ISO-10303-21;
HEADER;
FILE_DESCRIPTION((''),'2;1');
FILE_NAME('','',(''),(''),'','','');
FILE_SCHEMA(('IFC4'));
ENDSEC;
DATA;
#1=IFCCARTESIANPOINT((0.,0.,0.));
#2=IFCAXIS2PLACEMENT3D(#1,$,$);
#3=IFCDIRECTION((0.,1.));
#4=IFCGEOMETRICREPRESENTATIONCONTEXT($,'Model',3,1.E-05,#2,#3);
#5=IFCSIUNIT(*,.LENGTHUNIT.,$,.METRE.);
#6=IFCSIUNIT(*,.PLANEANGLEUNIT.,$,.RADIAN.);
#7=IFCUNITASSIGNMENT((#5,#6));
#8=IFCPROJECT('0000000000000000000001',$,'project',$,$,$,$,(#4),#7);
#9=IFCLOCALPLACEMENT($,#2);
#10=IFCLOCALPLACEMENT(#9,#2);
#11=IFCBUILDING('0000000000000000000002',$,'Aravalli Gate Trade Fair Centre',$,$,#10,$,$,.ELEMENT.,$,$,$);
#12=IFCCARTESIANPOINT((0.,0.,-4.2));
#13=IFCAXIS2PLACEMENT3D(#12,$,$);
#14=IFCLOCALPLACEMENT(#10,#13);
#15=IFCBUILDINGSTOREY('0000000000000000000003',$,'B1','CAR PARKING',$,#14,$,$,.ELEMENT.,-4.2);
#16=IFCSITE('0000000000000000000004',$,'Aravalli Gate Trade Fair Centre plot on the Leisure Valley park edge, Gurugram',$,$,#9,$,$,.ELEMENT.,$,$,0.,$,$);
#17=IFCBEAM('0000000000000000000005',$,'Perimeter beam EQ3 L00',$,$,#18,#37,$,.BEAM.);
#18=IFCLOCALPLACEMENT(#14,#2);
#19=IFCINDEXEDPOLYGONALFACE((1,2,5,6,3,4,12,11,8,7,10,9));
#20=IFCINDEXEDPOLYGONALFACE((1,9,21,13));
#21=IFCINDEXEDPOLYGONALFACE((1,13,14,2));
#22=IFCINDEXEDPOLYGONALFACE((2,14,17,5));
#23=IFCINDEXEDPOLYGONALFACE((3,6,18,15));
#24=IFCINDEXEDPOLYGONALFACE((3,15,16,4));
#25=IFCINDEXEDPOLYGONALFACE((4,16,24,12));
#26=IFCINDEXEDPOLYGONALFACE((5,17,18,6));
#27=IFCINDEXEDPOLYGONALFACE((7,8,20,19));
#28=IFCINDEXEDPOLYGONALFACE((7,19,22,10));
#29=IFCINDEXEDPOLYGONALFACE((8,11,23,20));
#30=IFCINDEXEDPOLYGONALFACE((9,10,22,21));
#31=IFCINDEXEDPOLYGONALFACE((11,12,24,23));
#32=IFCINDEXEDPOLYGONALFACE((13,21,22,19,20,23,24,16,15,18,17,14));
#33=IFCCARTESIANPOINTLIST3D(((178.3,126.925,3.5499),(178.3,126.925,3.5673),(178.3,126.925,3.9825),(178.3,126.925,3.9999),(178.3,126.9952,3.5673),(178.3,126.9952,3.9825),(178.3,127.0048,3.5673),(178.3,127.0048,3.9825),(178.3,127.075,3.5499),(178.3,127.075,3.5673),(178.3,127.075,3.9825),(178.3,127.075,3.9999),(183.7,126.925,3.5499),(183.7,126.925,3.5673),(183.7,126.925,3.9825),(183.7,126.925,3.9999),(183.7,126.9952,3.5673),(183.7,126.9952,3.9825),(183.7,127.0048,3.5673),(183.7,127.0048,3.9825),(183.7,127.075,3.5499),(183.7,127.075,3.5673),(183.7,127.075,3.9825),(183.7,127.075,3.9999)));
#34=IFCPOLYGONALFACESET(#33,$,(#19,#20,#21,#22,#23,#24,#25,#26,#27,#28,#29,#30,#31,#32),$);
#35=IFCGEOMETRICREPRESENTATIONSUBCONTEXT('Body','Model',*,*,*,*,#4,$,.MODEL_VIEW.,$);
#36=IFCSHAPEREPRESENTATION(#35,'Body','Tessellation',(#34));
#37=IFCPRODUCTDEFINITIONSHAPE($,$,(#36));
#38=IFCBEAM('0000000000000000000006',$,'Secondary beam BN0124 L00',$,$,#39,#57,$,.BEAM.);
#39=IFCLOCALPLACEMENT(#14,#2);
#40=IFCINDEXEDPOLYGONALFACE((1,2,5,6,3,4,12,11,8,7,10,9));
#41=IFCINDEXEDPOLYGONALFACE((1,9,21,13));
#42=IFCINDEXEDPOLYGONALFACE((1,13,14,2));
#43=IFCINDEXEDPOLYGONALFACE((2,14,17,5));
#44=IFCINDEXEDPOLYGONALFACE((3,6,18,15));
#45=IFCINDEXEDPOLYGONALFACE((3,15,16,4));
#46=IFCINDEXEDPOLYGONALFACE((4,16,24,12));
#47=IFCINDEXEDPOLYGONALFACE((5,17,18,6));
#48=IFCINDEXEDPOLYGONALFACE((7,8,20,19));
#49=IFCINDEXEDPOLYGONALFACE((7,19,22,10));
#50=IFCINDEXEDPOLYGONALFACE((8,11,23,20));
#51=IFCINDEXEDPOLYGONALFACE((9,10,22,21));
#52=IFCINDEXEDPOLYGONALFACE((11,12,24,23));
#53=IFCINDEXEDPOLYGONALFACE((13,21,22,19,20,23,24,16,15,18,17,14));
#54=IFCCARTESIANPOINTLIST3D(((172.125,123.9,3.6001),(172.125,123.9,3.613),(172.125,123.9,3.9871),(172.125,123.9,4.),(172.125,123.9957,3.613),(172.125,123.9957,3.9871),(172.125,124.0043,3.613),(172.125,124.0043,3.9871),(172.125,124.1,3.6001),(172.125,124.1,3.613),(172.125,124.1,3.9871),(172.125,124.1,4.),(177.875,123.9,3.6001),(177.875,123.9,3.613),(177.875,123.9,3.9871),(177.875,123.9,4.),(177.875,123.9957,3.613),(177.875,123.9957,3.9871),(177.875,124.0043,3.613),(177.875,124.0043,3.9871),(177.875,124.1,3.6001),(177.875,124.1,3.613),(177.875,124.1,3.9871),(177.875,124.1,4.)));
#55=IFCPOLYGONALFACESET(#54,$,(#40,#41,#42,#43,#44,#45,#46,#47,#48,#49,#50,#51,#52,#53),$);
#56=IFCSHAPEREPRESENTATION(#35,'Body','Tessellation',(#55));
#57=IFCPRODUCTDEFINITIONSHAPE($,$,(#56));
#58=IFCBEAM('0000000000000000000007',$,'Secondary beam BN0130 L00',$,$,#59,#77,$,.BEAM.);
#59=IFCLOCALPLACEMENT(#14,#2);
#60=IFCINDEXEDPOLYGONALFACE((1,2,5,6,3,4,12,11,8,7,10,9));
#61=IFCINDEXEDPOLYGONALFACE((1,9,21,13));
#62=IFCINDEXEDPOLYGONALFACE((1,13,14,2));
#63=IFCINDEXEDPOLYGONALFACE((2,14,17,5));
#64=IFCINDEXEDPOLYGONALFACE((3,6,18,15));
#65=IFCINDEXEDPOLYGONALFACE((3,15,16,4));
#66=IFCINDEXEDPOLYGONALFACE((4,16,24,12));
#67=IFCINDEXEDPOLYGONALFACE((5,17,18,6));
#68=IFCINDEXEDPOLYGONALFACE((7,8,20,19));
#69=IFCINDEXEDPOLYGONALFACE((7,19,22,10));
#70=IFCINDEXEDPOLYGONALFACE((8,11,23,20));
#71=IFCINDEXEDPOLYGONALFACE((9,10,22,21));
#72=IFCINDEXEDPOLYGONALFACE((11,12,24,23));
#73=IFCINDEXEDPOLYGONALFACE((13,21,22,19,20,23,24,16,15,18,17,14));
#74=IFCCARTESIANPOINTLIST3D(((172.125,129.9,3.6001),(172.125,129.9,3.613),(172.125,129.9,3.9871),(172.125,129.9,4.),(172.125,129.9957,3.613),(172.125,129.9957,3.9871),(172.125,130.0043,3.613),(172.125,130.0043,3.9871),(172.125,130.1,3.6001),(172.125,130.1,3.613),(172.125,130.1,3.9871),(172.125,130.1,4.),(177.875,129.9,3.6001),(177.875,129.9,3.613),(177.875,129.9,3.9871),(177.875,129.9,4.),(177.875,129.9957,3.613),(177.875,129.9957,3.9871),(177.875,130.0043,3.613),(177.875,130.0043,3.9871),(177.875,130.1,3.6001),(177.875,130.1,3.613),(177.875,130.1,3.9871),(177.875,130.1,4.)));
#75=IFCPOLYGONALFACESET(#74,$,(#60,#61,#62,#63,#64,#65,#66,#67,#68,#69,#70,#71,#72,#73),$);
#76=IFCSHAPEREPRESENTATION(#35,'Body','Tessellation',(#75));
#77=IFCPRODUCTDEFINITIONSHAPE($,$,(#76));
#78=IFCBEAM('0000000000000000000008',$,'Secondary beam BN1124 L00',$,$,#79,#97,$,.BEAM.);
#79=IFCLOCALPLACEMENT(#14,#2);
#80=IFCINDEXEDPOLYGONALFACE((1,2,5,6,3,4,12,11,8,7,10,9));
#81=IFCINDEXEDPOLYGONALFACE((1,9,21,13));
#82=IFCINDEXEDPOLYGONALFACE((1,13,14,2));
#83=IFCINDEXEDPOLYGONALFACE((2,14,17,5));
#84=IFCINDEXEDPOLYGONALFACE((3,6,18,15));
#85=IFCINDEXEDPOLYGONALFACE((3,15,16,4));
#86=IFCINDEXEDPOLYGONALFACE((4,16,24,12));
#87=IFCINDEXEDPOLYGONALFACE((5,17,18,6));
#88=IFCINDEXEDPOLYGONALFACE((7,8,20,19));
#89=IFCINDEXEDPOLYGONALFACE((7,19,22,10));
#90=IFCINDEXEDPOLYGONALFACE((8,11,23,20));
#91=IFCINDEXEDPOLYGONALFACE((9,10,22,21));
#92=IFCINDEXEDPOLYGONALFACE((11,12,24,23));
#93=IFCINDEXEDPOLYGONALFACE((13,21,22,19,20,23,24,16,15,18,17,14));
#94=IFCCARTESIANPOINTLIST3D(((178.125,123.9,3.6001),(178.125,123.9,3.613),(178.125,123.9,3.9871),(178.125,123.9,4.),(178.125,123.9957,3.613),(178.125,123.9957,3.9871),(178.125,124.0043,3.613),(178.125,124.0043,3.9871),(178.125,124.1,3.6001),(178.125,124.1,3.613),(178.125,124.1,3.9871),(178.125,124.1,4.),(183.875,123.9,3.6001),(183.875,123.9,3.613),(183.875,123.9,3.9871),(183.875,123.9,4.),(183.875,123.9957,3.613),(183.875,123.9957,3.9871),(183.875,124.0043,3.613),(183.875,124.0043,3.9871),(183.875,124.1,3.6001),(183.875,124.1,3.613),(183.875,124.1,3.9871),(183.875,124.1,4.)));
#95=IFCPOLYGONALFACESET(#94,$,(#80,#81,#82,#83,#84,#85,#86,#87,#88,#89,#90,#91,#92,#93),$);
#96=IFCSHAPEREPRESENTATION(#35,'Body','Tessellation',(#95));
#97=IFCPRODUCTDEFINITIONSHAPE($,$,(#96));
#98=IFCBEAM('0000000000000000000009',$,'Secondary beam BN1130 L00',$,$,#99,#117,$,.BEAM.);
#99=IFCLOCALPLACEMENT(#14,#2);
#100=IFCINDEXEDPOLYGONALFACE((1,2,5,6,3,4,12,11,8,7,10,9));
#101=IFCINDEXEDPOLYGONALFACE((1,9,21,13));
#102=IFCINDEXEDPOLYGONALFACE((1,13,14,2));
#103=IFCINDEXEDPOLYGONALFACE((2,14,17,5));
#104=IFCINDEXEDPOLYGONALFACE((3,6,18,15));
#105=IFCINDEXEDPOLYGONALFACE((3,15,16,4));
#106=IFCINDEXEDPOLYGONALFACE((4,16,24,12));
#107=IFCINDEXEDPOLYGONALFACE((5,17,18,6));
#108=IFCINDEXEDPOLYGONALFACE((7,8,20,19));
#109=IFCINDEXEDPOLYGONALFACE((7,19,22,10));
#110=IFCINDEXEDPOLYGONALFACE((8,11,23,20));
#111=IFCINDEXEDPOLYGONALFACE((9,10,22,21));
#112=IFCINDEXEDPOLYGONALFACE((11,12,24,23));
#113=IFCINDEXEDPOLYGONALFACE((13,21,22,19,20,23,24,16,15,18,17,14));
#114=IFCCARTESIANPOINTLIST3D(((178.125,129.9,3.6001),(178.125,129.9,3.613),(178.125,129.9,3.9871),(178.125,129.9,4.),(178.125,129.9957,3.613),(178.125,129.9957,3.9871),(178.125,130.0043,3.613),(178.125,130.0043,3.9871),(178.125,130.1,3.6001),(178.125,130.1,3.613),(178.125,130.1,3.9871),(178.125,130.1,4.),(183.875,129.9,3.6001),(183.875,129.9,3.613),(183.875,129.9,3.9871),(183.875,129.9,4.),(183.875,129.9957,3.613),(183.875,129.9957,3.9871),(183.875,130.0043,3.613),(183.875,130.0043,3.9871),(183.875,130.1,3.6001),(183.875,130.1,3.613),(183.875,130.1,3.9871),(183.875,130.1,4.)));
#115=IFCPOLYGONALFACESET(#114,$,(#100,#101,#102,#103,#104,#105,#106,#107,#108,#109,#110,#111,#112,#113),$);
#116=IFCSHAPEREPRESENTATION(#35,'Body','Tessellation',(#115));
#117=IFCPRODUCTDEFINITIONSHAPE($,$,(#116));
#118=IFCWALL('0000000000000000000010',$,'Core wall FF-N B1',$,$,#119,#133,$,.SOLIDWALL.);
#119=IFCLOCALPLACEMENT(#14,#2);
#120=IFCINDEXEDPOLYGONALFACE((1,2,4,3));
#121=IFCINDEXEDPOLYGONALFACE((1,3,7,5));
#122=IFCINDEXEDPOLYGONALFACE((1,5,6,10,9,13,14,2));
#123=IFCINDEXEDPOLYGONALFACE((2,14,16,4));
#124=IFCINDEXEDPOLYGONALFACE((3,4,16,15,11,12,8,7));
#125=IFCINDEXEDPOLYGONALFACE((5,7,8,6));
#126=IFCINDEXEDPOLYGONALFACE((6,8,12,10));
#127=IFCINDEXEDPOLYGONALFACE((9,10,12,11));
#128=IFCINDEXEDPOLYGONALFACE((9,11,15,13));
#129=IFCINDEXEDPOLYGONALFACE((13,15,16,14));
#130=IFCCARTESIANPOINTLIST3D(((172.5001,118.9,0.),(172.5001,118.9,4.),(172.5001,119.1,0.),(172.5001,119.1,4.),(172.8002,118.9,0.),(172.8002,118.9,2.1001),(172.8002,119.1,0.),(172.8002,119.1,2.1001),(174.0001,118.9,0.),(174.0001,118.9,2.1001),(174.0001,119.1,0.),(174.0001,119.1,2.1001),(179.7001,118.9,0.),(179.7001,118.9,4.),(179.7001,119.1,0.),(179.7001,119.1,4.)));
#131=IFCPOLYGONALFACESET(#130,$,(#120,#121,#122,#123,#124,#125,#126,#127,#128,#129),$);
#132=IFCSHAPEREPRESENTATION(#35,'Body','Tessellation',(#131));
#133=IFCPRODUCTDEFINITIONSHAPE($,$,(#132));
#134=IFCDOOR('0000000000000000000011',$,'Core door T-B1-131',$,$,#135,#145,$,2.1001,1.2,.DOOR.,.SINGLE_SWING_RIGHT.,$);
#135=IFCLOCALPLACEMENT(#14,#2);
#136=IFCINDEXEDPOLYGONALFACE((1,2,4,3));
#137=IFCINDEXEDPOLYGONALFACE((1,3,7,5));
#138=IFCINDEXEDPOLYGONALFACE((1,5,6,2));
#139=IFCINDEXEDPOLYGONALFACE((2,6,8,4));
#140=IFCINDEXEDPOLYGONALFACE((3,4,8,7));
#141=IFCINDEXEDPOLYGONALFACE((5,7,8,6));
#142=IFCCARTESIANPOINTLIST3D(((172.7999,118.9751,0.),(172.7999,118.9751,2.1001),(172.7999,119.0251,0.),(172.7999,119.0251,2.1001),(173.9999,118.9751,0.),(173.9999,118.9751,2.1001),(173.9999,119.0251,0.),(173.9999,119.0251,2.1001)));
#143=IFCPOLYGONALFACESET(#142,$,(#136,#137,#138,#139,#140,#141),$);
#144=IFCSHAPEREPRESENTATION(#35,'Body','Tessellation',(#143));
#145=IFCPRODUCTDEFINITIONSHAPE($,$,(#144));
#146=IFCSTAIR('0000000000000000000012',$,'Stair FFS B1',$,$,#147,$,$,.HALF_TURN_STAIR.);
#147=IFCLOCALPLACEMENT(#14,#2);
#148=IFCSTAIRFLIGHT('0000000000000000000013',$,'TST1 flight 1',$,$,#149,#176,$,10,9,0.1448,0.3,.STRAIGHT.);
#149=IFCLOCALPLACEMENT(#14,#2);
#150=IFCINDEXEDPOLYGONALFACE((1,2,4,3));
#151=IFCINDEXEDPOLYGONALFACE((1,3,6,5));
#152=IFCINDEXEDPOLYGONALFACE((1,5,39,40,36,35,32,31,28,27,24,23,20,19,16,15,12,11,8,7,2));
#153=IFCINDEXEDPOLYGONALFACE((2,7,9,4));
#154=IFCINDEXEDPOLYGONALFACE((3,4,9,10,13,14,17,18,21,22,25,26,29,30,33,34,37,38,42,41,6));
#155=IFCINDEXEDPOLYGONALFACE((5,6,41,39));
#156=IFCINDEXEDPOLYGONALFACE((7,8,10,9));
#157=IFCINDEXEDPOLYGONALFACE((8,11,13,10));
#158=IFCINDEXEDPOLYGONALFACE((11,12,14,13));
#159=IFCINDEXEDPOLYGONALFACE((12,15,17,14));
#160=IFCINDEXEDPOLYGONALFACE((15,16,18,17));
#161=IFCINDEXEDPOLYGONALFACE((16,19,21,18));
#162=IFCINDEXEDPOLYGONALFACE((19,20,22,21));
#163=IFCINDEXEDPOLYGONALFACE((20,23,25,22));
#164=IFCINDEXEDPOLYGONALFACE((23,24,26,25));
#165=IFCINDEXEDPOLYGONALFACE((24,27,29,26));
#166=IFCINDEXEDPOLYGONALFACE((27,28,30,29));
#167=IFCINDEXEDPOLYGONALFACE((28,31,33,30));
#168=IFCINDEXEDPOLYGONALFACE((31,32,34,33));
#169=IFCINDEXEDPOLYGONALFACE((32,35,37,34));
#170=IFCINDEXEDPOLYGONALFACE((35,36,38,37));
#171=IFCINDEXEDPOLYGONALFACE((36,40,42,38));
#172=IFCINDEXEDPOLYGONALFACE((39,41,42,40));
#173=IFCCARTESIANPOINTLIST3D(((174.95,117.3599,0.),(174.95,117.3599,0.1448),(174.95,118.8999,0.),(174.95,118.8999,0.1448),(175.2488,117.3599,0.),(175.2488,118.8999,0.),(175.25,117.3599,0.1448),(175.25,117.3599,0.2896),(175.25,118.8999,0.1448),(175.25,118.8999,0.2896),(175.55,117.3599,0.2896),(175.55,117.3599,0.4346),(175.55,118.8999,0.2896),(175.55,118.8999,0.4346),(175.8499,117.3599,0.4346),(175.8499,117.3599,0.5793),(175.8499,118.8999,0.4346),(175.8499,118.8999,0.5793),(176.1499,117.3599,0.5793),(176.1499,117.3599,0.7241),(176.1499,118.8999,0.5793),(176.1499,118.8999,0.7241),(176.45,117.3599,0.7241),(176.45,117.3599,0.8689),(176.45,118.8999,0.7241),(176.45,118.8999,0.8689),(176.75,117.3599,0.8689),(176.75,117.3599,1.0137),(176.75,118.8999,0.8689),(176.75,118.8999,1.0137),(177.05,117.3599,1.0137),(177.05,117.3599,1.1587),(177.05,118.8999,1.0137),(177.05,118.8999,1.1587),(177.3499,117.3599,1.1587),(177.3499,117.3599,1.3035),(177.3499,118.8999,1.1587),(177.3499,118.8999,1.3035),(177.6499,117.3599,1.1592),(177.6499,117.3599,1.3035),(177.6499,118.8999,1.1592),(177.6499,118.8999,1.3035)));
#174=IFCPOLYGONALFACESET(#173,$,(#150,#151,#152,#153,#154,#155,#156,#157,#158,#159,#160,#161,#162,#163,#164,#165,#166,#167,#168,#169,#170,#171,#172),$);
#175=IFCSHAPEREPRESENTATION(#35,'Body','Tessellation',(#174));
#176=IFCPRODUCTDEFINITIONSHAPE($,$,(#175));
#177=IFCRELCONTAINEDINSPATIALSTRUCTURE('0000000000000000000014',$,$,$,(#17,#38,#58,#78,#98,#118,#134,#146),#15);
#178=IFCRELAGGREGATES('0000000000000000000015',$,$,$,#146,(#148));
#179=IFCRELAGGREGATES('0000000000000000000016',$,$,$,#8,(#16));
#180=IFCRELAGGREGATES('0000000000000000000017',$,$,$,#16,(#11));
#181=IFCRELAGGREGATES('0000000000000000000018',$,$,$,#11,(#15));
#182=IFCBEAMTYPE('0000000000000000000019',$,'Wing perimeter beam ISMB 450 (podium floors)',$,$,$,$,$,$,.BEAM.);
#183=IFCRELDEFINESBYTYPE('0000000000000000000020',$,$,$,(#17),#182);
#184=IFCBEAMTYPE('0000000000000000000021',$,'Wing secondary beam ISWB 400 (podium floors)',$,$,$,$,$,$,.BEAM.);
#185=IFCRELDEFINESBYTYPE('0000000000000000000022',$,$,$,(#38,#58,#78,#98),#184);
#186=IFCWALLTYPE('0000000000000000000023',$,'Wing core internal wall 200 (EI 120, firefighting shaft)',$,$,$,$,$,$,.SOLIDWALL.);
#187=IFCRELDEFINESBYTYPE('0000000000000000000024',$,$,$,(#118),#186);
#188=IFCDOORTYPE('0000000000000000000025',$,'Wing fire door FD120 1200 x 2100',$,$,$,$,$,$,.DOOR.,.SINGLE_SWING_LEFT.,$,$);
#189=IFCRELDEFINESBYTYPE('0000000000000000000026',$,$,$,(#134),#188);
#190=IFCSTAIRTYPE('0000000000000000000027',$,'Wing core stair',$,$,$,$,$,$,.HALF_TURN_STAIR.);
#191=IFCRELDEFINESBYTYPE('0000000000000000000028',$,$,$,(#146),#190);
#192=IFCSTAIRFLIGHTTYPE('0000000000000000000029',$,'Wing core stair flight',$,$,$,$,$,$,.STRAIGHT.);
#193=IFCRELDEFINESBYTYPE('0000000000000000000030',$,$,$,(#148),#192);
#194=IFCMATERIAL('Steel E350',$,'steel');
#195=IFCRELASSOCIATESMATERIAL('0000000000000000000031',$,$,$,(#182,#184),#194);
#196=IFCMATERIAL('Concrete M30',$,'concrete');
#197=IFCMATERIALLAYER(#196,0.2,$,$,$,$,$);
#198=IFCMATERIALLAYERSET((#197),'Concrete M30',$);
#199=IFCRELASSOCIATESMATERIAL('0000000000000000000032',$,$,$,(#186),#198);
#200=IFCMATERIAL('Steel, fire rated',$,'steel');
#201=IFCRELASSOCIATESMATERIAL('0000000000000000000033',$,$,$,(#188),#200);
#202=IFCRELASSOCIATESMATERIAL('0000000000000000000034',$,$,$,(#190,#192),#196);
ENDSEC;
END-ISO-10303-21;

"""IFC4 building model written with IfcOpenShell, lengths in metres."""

from ifc_helpers import new_model, si_unit, direction, frame, frame_2d, origin, origin_2d, place, context, subcontext, project, spatial, polyline, rectangle, i_section, outline, extrude, material, layer, layer_set, material_profile, profile_set, type_object, element, fill, aggregate, save


model = new_model("IFC4")

# Units and contexts
model_context = context("Model", 3, precision=1e-05, world=origin(), true_north=direction((0.0, 1.0)))
body_context = subcontext(model_context, "Body", "Model", "MODEL_VIEW")
ifc_project = project(units=[si_unit("LENGTHUNIT", "METRE"), si_unit("PLANEANGLEUNIT", "RADIAN")], contexts=[model_context])

# Site, building, storey
site_placement = place(None, origin())
site = spatial("IfcSite", under=ifc_project, at=site_placement, Name="Aravalli Gate Trade Fair Centre plot on the Leisure Valley park edge, Gurugram", CompositionType="ELEMENT", RefElevation=0.0)
building_placement = place(site_placement, origin())
building = spatial("IfcBuilding", under=site, at=building_placement, Name="Aravalli Gate Trade Fair Centre", CompositionType="ELEMENT")
storey_placement = place(building_placement, frame((0.0, 0.0, -4.2)))
storey = spatial("IfcBuildingStorey", under=building, at=storey_placement, Name="B1", Description="CAR PARKING", CompositionType="ELEMENT", Elevation=-4.2)

# Shared definitions
ifc_material_1 = material(Name="Steel E350", Category="steel")

# Beams
ifc_material_profile_1 = material_profile(ifc_material_1, i_section(OverallWidth=0.1499, OverallDepth=0.45, WebThickness=0.0095, FlangeThickness=0.0173, at=origin_2d()), Name="ISMB 450")
ifc_profile_set_1 = profile_set([ifc_material_profile_1], Name="Steel E350")
beam_type_1 = type_object("IfcBeamType", Name="Wing perimeter beam ISMB 450 (podium floors)", PredefinedType="BEAM", material=ifc_profile_set_1)
for number, where, z_axis, x_axis, name in (
    (1, (178.3, 127.0, 3.7749), (1.0, 0.0, 0.0), (0.0, 1.0, 0.0), "Perimeter beam EQ3 L00"),
):
    element("IfcBeam", number, at=place(storey_placement, frame(where, z_axis=z_axis, x_axis=x_axis)), inside=storey, type_object=beam_type_1, Name=name, PredefinedType="BEAM", context=body_context, shape_type="SweptSolid", body=[
        extrude(i_section(OverallWidth=0.1499, OverallDepth=0.45, WebThickness=0.0095, FlangeThickness=0.0173, at=origin_2d()), origin(), (0.0, 0.0, 1.0), 5.3999),
    ])
ifc_material_profile_2 = material_profile(ifc_material_1, i_section(OverallWidth=0.2, OverallDepth=0.3999, WebThickness=0.0085, FlangeThickness=0.0129, at=origin_2d()), Name="ISWB 400")
ifc_profile_set_2 = profile_set([ifc_material_profile_2], Name="Steel E350")
beam_type_2 = type_object("IfcBeamType", Name="Wing secondary beam ISWB 400 (podium floors)", PredefinedType="BEAM", material=ifc_profile_set_2)
for number, where, z_axis, x_axis, name in (
    (2, (172.125, 124.0, 3.8), (1.0, 0.0, 0.0), (0.0, 1.0, 0.0), "Secondary beam BN0124 L00"),
    (3, (172.125, 130.0, 3.8), (1.0, 0.0, 0.0), (0.0, 1.0, 0.0), "Secondary beam BN0130 L00"),
    (4, (178.125, 124.0, 3.8), (1.0, 0.0, 0.0), (0.0, 1.0, 0.0), "Secondary beam BN1124 L00"),
    (5, (178.125, 130.0, 3.8), (1.0, 0.0, 0.0), (0.0, 1.0, 0.0), "Secondary beam BN1130 L00"),
):
    element("IfcBeam", number, at=place(storey_placement, frame(where, z_axis=z_axis, x_axis=x_axis)), inside=storey, type_object=beam_type_2, Name=name, PredefinedType="BEAM", context=body_context, shape_type="SweptSolid", body=[
        extrude(i_section(OverallWidth=0.2, OverallDepth=0.3999, WebThickness=0.0085, FlangeThickness=0.0129, at=origin_2d()), origin(), (0.0, 0.0, 1.0), 5.75),
    ])

# Wall, opening, door
ifc_material_2 = material(Name="Concrete M30", Category="concrete")
ifc_layer = layer(ifc_material_2, 0.2)
ifc_layer_set = layer_set([ifc_layer], Name="Concrete M30")
wall_type = type_object("IfcWallType", Name="Wing core internal wall 200 (EI 120, firefighting shaft)", PredefinedType="SOLIDWALL", material=ifc_layer_set)
wall_placement = place(storey_placement, frame((172.5, 119.0, 0.0), z_axis=(0.0, 0.0, 1.0), x_axis=(1.0, 0.0, 0.0)))
wall = element("IfcWall", 6, at=wall_placement, inside=storey, type_object=wall_type, Name="Core wall FF-N B1", PredefinedType="SOLIDWALL", context=body_context, shape_type="SweptSolid", body=[
    extrude(rectangle(XDim=7.2, YDim=0.2, at=frame_2d((3.6001, 0.0))), origin(), (0.0, 0.0, 1.0), 4.0),
])
opening_placement = place(wall_placement, frame((0.3, 0.0, 0.0)))
opening = element("IfcOpeningElement", 7, at=opening_placement, cuts=wall, PredefinedType="OPENING", context=body_context, shape_type="SweptSolid", body=[
    extrude(rectangle(XDim=1.2, YDim=2.1001, at=frame_2d((0.6001, 1.05))), frame((0.0, 0.1099, 0.0), z_axis=(0.0, -1.0, 0.0), x_axis=(1.0, 0.0, 0.0)), (0.0, 0.0, 1.0), 0.22),
])
ifc_material_3 = material(Name="Steel, fire rated", Category="steel")
door_type = type_object("IfcDoorType", Name="Wing fire door FD120 1200 x 2100", OperationType="SINGLE_SWING_LEFT", PredefinedType="DOOR", material=ifc_material_3)
door_placement = place(opening_placement, frame((1.2, 0.0, 0.0), z_axis=(0.0, 0.0, 1.0), x_axis=(-1.0, 0.0, 0.0)))
door = element("IfcDoor", 8, at=door_placement, inside=storey, type_object=door_type, Name="Core door T-B1-131", OperationType="SINGLE_SWING_RIGHT", OverallHeight=2.1001, OverallWidth=1.2, PredefinedType="DOOR", context=body_context, shape_type="SweptSolid", body=[
    extrude(rectangle(XDim=1.2, YDim=2.1001, at=frame_2d((0.6001, 1.05))), frame((0.0, 0.0249, 0.0), z_axis=(0.0, -1.0, 0.0), x_axis=(1.0, 0.0, 0.0)), (0.0, 0.0, 1.0), 0.05),
])
fill(opening, door)

# Stair, stair flight
stair_type = type_object("IfcStairType", Name="Wing core stair", PredefinedType="HALF_TURN_STAIR", material=ifc_material_2)
stair_placement = place(storey_placement, origin())
stair = element("IfcStair", 9, at=stair_placement, inside=storey, type_object=stair_type, Name="Stair FFS B1", PredefinedType="HALF_TURN_STAIR")
stair_flight_type = type_object("IfcStairFlightType", Name="Wing core stair flight", PredefinedType="STRAIGHT", material=ifc_material_2)
stair_flight_1_placement = place(storey_placement, frame((174.95, 118.1299, 0.0), z_axis=(0.0, 0.0, 1.0), x_axis=(1.0, 0.0, 0.0)))
stair_flight_1 = element("IfcStairFlight", 10, at=stair_flight_1_placement, type_object=stair_flight_type, Name="TST1 flight 1", NumberOfRisers=10, NumberOfTreads=9, PredefinedType="STRAIGHT", RiserHeight=0.1448, TreadLength=0.3, context=body_context, shape_type="SweptSolid", body=[
    extrude(outline(polyline([(0.0, 0.0), (0.0, 0.1448), (0.3, 0.1448), (0.3, 0.2896), (0.6001, 0.2896), (0.6001, 0.4346), (0.8999, 0.4346), (0.8999, 0.5793), (1.2, 0.5793), (1.2, 0.7241), (1.5, 0.7241), (1.5, 0.8689), (1.8, 0.8689), (1.8, 1.0137), (2.1001, 1.0137), (2.1001, 1.1587), (2.3999, 1.1587), (2.3999, 1.3035), (2.7, 1.3035), (2.7, 1.4482), (2.7, 1.1592), (0.2988, 0.0), (0.0, 0.0)])), frame((0.0, 0.77, 0.0), z_axis=(0.0, -1.0, 0.0), x_axis=(1.0, 0.0, 0.0)), (0.0, 0.0, 1.0), 1.54),
])
aggregate(stair, [stair_flight_1])

save(model, "model.ifc")
